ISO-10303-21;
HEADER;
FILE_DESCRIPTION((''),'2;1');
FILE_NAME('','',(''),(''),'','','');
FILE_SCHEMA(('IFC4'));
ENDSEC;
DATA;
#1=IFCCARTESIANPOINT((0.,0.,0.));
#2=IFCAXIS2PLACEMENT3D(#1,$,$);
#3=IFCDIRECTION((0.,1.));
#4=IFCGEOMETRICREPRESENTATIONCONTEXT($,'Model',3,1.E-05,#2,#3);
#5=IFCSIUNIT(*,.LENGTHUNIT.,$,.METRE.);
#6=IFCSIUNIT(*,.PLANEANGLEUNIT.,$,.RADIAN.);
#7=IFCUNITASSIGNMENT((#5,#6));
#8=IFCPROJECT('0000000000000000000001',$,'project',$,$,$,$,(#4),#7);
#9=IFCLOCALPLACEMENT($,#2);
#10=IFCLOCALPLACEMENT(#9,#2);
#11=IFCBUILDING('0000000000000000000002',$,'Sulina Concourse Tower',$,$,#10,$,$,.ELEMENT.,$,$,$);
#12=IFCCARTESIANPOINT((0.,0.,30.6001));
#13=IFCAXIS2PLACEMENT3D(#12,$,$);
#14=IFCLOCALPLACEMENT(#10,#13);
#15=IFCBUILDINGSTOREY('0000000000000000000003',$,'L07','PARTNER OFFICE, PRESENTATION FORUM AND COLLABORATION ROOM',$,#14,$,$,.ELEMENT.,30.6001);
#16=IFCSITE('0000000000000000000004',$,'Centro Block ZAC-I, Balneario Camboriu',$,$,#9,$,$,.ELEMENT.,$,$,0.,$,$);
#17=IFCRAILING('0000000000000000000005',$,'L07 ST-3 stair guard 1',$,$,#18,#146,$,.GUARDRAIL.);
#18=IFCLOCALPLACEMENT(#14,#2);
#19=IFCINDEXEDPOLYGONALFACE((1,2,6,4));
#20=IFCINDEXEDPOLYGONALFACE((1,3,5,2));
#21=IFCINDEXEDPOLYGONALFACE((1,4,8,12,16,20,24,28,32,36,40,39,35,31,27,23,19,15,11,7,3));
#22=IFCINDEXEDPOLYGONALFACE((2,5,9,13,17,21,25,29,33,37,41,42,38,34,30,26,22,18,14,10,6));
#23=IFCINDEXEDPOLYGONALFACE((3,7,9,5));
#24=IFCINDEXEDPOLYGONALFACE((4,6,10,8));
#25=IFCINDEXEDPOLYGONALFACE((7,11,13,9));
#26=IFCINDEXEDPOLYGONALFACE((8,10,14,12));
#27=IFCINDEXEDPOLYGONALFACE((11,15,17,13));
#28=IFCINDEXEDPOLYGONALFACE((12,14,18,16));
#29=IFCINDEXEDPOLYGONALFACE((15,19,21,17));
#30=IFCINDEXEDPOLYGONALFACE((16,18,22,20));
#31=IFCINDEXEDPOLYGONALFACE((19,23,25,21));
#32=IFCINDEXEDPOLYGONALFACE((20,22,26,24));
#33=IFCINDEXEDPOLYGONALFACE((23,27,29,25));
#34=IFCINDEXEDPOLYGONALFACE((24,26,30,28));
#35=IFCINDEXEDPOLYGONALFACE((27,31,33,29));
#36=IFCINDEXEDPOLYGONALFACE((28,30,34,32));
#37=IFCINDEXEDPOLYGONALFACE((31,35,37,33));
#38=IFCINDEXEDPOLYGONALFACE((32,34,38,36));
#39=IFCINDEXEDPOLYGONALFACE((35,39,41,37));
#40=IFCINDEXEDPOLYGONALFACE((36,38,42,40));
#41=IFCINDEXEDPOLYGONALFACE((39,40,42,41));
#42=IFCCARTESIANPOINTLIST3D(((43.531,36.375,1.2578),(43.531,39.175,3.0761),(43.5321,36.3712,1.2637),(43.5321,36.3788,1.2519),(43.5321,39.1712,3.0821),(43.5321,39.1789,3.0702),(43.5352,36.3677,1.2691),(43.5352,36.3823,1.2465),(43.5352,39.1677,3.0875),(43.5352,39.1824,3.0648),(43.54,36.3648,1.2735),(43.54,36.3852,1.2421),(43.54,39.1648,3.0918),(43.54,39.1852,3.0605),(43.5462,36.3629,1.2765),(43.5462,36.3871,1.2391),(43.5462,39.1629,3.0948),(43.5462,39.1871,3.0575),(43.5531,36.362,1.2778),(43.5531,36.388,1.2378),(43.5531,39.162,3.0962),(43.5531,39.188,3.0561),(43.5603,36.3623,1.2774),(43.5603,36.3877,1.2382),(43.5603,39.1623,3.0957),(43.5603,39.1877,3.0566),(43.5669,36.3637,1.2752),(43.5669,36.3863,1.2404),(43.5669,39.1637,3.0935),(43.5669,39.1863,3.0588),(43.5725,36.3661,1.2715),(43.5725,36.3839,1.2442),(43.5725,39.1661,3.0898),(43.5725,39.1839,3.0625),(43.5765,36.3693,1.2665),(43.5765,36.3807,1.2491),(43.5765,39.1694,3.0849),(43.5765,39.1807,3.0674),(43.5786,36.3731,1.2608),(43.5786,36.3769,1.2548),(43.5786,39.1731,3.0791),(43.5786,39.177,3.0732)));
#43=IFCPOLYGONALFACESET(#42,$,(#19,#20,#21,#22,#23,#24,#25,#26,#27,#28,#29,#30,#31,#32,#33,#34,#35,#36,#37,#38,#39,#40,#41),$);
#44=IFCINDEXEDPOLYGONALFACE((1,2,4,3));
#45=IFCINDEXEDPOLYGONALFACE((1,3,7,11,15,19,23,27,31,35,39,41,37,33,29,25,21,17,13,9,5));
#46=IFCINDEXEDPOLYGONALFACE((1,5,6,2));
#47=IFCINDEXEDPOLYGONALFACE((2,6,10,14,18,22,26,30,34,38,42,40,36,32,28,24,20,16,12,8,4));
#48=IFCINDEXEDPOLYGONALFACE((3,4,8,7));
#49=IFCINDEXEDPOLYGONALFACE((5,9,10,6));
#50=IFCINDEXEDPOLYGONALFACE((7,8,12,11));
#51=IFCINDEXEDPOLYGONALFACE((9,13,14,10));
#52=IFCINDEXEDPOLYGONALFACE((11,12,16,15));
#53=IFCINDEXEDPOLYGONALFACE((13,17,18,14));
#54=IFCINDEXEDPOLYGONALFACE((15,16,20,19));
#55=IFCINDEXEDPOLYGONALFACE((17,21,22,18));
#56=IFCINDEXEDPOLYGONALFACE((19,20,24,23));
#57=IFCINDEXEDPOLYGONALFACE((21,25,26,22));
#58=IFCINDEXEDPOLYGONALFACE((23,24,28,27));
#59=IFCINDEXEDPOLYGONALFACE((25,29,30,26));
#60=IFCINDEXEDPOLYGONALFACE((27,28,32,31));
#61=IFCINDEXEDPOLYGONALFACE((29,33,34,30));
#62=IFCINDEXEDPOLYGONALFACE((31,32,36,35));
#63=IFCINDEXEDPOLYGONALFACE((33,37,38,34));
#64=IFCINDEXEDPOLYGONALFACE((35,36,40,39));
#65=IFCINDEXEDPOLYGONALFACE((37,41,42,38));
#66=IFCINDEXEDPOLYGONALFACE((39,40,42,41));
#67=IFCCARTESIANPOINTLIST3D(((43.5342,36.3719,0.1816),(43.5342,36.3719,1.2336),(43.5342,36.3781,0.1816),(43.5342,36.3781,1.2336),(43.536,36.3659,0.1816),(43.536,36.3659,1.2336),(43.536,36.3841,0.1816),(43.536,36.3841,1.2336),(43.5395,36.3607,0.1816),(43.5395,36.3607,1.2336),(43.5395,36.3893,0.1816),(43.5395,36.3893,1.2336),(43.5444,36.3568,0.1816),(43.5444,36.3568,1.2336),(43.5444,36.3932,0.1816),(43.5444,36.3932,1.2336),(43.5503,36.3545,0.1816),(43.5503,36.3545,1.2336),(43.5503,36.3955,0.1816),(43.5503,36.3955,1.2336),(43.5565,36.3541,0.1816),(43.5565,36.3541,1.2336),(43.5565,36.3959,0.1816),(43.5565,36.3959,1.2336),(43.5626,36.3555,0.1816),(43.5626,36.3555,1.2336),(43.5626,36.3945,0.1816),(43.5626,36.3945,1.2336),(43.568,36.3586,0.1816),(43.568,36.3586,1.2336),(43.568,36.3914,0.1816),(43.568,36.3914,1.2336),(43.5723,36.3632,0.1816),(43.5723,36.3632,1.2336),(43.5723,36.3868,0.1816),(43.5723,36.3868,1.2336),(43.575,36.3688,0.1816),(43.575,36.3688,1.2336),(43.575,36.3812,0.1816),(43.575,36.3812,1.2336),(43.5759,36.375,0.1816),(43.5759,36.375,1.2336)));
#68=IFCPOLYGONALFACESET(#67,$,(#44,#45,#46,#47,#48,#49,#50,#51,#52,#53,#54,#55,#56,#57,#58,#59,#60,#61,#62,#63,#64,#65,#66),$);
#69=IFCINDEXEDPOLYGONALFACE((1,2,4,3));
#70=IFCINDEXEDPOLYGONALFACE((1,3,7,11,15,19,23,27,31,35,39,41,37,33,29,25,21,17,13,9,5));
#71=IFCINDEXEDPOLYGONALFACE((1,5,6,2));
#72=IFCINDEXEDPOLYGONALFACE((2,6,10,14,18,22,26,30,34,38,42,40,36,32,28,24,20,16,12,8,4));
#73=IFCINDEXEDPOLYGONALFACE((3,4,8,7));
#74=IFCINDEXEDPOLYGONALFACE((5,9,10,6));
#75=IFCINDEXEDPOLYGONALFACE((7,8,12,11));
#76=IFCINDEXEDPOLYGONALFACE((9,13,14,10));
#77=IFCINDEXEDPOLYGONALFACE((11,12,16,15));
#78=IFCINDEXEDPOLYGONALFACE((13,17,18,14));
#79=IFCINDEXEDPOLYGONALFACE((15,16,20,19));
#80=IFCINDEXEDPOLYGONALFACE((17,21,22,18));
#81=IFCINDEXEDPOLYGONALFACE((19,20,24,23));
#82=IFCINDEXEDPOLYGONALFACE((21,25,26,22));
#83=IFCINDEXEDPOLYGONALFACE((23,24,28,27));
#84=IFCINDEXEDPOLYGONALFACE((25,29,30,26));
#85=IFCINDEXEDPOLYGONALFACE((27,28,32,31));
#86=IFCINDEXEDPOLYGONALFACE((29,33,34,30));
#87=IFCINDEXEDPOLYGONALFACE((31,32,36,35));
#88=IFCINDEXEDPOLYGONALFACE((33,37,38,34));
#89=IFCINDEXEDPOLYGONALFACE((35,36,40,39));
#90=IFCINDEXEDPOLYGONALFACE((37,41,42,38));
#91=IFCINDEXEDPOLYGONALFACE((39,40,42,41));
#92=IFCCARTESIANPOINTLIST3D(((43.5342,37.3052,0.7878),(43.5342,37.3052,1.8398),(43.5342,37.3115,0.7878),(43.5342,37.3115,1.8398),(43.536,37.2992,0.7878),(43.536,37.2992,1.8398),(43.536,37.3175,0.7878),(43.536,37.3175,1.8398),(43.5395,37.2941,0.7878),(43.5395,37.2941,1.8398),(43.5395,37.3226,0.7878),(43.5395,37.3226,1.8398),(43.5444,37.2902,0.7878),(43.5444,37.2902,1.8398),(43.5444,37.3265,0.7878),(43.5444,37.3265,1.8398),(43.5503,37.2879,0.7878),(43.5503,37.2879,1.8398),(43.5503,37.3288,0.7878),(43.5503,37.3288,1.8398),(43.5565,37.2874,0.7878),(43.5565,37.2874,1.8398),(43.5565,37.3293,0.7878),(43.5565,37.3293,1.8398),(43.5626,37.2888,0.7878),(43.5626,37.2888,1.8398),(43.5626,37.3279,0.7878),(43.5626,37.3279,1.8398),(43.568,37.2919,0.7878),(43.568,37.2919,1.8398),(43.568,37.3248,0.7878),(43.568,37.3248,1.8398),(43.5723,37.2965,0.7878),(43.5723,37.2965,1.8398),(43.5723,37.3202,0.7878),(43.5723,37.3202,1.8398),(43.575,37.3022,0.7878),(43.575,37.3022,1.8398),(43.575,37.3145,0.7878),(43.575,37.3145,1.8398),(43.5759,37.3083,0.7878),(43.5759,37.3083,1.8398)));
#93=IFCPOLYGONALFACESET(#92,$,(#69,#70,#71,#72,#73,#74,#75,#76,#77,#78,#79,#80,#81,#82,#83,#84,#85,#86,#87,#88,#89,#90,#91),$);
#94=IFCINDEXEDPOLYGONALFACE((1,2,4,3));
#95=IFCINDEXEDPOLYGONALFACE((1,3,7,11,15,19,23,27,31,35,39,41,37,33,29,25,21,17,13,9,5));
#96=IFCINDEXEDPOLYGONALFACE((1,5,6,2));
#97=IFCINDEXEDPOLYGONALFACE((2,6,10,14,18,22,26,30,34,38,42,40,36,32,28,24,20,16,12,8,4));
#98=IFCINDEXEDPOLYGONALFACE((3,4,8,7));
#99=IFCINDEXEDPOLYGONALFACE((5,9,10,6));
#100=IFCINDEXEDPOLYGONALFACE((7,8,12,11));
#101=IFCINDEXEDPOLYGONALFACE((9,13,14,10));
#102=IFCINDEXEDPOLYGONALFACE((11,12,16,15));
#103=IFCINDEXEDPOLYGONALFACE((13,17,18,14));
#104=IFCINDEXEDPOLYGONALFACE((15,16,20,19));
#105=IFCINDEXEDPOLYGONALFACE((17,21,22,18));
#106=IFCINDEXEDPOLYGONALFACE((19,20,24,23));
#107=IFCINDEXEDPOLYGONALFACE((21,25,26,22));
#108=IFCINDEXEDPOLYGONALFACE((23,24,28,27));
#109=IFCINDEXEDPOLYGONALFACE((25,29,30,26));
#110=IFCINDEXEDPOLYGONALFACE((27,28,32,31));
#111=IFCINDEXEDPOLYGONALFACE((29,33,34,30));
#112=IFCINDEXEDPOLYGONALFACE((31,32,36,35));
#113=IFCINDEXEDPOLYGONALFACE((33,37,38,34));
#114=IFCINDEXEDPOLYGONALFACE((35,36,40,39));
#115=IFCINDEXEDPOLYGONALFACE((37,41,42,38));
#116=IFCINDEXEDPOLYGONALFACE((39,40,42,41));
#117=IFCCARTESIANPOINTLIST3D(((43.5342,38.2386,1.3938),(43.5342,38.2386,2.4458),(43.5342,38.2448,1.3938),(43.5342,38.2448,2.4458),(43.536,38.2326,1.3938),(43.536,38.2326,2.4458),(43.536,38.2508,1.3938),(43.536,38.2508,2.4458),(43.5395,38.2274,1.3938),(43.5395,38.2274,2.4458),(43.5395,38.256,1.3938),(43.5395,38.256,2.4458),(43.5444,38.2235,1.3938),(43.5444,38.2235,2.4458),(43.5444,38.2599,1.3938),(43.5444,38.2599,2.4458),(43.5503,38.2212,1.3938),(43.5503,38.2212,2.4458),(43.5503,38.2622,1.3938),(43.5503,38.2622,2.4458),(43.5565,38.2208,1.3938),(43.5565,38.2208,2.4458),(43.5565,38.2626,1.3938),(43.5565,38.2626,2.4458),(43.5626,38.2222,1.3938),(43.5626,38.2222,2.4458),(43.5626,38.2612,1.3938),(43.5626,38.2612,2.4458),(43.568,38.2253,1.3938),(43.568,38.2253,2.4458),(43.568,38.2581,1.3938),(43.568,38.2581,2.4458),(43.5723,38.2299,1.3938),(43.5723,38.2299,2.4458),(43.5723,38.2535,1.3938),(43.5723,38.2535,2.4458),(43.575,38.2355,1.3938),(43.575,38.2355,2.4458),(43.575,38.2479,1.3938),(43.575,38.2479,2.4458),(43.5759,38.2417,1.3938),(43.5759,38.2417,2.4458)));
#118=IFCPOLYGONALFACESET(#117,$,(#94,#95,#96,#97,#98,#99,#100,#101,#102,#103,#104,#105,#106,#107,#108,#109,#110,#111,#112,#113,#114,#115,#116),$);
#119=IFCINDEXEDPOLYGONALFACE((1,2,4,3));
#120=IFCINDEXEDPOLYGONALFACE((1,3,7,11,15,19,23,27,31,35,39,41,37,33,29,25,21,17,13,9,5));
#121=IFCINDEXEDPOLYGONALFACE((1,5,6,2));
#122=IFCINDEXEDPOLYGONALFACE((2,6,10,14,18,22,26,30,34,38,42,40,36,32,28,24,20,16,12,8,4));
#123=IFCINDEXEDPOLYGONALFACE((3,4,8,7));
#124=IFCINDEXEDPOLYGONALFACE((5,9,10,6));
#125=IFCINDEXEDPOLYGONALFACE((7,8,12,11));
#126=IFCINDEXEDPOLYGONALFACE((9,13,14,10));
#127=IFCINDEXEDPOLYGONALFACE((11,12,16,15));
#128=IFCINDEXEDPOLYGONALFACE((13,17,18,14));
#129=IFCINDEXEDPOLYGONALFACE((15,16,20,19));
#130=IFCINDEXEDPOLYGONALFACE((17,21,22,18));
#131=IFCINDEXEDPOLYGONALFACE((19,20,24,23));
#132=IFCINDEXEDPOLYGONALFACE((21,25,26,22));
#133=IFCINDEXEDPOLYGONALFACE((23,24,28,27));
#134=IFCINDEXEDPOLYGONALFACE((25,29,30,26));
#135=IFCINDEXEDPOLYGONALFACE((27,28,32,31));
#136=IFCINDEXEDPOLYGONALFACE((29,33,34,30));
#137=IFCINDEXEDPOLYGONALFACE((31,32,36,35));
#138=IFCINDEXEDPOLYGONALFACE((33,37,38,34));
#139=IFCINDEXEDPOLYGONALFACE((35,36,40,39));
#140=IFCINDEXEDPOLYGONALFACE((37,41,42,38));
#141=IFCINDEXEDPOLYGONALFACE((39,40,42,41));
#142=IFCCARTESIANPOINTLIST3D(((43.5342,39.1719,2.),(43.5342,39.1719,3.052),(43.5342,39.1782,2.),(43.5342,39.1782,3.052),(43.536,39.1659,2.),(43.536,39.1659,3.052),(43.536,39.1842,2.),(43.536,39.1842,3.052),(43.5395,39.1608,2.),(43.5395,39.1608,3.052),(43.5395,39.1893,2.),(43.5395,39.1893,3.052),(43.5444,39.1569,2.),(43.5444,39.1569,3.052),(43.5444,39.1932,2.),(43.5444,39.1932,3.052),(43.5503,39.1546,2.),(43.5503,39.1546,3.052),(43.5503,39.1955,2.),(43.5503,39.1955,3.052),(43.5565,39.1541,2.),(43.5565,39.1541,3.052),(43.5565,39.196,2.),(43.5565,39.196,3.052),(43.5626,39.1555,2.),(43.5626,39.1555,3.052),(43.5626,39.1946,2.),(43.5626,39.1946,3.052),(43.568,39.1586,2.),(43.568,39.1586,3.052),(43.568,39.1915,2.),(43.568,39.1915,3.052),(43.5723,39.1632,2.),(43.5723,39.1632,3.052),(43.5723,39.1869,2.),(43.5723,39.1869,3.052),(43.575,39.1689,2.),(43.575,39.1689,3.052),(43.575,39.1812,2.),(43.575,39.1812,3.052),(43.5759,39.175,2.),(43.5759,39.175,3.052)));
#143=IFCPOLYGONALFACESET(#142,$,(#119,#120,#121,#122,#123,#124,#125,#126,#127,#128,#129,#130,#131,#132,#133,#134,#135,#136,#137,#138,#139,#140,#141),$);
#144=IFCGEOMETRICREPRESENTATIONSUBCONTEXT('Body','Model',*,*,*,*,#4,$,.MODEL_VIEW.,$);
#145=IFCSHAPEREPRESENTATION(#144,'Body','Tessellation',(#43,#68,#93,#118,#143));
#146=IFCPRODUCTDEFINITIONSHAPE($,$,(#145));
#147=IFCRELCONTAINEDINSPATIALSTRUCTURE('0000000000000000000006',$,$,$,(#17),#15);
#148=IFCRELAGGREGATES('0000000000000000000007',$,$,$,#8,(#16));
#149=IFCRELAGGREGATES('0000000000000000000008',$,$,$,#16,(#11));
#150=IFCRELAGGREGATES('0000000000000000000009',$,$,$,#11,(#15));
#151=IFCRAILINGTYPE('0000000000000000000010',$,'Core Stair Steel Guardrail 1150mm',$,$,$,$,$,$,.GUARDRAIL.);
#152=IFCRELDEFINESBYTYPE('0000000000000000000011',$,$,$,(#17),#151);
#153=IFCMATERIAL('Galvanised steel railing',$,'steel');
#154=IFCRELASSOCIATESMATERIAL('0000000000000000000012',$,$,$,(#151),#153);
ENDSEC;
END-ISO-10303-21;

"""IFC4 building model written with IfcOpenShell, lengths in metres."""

from ifc_helpers import new_model, si_unit, direction, frame, origin, origin_2d, place, context, subcontext, project, spatial, circle, extrude, material, type_object, element, save


model = new_model("IFC4")

# Units and contexts
model_context = context("Model", 3, precision=1e-05, world=origin(), true_north=direction((0.0, 1.0)))
body_context = subcontext(model_context, "Body", "Model", "MODEL_VIEW")
ifc_project = project(units=[si_unit("LENGTHUNIT", "METRE"), si_unit("PLANEANGLEUNIT", "RADIAN")], contexts=[model_context])

# Site, building, storey
site_placement = place(None, origin())
site = spatial("IfcSite", under=ifc_project, at=site_placement, Name="Centro Block ZAC-I, Balneario Camboriu", CompositionType="ELEMENT", RefElevation=0.0)
building_placement = place(site_placement, origin())
building = spatial("IfcBuilding", under=site, at=building_placement, Name="Sulina Concourse Tower", CompositionType="ELEMENT")
storey_placement = place(building_placement, frame((0.0, 0.0, 30.6001)))
storey = spatial("IfcBuildingStorey", under=building, at=storey_placement, Name="L07", Description="PARTNER OFFICE, PRESENTATION FORUM AND COLLABORATION ROOM", CompositionType="ELEMENT", Elevation=30.6001)

# Railing
ifc_material_1 = material(Name="Galvanised steel railing", Category="steel")
railing_type_1 = type_object("IfcRailingType", Name="Core Stair Steel Guardrail 1150mm", PredefinedType="GUARDRAIL", material=ifc_material_1)
railing_1_placement = place(storey_placement, frame((43.5549, 36.375, 0.1816)))
element("IfcRailing", 1, at=railing_1_placement, inside=storey, type_object=railing_type_1, Name="L07 ST-3 stair guard 1", PredefinedType="GUARDRAIL", context=body_context, shape_type="SweptSolid", body=[
    extrude(circle(Radius=0.0239, at=origin_2d()), frame((0.0, 0.0, 1.0762), z_axis=(0.0, 0.838672, 0.544636), x_axis=(-1.0, 0.0, 0.0)), (0.0, 0.0, 1.0), 3.3386),
    extrude(circle(Radius=0.021, at=origin_2d()), origin(), (0.0, 0.0, 1.0), 1.052),
    extrude(circle(Radius=0.021, at=origin_2d()), frame((0.0, 0.9333, 0.6062)), (0.0, 0.0, 1.0), 1.052),
    extrude(circle(Radius=0.021, at=origin_2d()), frame((0.0, 1.8667, 1.2122)), (0.0, 0.0, 1.0), 1.052),
    extrude(circle(Radius=0.021, at=origin_2d()), frame((0.0, 2.8, 1.8184)), (0.0, 0.0, 1.0), 1.052),
])

save(model, "model.ifc")
